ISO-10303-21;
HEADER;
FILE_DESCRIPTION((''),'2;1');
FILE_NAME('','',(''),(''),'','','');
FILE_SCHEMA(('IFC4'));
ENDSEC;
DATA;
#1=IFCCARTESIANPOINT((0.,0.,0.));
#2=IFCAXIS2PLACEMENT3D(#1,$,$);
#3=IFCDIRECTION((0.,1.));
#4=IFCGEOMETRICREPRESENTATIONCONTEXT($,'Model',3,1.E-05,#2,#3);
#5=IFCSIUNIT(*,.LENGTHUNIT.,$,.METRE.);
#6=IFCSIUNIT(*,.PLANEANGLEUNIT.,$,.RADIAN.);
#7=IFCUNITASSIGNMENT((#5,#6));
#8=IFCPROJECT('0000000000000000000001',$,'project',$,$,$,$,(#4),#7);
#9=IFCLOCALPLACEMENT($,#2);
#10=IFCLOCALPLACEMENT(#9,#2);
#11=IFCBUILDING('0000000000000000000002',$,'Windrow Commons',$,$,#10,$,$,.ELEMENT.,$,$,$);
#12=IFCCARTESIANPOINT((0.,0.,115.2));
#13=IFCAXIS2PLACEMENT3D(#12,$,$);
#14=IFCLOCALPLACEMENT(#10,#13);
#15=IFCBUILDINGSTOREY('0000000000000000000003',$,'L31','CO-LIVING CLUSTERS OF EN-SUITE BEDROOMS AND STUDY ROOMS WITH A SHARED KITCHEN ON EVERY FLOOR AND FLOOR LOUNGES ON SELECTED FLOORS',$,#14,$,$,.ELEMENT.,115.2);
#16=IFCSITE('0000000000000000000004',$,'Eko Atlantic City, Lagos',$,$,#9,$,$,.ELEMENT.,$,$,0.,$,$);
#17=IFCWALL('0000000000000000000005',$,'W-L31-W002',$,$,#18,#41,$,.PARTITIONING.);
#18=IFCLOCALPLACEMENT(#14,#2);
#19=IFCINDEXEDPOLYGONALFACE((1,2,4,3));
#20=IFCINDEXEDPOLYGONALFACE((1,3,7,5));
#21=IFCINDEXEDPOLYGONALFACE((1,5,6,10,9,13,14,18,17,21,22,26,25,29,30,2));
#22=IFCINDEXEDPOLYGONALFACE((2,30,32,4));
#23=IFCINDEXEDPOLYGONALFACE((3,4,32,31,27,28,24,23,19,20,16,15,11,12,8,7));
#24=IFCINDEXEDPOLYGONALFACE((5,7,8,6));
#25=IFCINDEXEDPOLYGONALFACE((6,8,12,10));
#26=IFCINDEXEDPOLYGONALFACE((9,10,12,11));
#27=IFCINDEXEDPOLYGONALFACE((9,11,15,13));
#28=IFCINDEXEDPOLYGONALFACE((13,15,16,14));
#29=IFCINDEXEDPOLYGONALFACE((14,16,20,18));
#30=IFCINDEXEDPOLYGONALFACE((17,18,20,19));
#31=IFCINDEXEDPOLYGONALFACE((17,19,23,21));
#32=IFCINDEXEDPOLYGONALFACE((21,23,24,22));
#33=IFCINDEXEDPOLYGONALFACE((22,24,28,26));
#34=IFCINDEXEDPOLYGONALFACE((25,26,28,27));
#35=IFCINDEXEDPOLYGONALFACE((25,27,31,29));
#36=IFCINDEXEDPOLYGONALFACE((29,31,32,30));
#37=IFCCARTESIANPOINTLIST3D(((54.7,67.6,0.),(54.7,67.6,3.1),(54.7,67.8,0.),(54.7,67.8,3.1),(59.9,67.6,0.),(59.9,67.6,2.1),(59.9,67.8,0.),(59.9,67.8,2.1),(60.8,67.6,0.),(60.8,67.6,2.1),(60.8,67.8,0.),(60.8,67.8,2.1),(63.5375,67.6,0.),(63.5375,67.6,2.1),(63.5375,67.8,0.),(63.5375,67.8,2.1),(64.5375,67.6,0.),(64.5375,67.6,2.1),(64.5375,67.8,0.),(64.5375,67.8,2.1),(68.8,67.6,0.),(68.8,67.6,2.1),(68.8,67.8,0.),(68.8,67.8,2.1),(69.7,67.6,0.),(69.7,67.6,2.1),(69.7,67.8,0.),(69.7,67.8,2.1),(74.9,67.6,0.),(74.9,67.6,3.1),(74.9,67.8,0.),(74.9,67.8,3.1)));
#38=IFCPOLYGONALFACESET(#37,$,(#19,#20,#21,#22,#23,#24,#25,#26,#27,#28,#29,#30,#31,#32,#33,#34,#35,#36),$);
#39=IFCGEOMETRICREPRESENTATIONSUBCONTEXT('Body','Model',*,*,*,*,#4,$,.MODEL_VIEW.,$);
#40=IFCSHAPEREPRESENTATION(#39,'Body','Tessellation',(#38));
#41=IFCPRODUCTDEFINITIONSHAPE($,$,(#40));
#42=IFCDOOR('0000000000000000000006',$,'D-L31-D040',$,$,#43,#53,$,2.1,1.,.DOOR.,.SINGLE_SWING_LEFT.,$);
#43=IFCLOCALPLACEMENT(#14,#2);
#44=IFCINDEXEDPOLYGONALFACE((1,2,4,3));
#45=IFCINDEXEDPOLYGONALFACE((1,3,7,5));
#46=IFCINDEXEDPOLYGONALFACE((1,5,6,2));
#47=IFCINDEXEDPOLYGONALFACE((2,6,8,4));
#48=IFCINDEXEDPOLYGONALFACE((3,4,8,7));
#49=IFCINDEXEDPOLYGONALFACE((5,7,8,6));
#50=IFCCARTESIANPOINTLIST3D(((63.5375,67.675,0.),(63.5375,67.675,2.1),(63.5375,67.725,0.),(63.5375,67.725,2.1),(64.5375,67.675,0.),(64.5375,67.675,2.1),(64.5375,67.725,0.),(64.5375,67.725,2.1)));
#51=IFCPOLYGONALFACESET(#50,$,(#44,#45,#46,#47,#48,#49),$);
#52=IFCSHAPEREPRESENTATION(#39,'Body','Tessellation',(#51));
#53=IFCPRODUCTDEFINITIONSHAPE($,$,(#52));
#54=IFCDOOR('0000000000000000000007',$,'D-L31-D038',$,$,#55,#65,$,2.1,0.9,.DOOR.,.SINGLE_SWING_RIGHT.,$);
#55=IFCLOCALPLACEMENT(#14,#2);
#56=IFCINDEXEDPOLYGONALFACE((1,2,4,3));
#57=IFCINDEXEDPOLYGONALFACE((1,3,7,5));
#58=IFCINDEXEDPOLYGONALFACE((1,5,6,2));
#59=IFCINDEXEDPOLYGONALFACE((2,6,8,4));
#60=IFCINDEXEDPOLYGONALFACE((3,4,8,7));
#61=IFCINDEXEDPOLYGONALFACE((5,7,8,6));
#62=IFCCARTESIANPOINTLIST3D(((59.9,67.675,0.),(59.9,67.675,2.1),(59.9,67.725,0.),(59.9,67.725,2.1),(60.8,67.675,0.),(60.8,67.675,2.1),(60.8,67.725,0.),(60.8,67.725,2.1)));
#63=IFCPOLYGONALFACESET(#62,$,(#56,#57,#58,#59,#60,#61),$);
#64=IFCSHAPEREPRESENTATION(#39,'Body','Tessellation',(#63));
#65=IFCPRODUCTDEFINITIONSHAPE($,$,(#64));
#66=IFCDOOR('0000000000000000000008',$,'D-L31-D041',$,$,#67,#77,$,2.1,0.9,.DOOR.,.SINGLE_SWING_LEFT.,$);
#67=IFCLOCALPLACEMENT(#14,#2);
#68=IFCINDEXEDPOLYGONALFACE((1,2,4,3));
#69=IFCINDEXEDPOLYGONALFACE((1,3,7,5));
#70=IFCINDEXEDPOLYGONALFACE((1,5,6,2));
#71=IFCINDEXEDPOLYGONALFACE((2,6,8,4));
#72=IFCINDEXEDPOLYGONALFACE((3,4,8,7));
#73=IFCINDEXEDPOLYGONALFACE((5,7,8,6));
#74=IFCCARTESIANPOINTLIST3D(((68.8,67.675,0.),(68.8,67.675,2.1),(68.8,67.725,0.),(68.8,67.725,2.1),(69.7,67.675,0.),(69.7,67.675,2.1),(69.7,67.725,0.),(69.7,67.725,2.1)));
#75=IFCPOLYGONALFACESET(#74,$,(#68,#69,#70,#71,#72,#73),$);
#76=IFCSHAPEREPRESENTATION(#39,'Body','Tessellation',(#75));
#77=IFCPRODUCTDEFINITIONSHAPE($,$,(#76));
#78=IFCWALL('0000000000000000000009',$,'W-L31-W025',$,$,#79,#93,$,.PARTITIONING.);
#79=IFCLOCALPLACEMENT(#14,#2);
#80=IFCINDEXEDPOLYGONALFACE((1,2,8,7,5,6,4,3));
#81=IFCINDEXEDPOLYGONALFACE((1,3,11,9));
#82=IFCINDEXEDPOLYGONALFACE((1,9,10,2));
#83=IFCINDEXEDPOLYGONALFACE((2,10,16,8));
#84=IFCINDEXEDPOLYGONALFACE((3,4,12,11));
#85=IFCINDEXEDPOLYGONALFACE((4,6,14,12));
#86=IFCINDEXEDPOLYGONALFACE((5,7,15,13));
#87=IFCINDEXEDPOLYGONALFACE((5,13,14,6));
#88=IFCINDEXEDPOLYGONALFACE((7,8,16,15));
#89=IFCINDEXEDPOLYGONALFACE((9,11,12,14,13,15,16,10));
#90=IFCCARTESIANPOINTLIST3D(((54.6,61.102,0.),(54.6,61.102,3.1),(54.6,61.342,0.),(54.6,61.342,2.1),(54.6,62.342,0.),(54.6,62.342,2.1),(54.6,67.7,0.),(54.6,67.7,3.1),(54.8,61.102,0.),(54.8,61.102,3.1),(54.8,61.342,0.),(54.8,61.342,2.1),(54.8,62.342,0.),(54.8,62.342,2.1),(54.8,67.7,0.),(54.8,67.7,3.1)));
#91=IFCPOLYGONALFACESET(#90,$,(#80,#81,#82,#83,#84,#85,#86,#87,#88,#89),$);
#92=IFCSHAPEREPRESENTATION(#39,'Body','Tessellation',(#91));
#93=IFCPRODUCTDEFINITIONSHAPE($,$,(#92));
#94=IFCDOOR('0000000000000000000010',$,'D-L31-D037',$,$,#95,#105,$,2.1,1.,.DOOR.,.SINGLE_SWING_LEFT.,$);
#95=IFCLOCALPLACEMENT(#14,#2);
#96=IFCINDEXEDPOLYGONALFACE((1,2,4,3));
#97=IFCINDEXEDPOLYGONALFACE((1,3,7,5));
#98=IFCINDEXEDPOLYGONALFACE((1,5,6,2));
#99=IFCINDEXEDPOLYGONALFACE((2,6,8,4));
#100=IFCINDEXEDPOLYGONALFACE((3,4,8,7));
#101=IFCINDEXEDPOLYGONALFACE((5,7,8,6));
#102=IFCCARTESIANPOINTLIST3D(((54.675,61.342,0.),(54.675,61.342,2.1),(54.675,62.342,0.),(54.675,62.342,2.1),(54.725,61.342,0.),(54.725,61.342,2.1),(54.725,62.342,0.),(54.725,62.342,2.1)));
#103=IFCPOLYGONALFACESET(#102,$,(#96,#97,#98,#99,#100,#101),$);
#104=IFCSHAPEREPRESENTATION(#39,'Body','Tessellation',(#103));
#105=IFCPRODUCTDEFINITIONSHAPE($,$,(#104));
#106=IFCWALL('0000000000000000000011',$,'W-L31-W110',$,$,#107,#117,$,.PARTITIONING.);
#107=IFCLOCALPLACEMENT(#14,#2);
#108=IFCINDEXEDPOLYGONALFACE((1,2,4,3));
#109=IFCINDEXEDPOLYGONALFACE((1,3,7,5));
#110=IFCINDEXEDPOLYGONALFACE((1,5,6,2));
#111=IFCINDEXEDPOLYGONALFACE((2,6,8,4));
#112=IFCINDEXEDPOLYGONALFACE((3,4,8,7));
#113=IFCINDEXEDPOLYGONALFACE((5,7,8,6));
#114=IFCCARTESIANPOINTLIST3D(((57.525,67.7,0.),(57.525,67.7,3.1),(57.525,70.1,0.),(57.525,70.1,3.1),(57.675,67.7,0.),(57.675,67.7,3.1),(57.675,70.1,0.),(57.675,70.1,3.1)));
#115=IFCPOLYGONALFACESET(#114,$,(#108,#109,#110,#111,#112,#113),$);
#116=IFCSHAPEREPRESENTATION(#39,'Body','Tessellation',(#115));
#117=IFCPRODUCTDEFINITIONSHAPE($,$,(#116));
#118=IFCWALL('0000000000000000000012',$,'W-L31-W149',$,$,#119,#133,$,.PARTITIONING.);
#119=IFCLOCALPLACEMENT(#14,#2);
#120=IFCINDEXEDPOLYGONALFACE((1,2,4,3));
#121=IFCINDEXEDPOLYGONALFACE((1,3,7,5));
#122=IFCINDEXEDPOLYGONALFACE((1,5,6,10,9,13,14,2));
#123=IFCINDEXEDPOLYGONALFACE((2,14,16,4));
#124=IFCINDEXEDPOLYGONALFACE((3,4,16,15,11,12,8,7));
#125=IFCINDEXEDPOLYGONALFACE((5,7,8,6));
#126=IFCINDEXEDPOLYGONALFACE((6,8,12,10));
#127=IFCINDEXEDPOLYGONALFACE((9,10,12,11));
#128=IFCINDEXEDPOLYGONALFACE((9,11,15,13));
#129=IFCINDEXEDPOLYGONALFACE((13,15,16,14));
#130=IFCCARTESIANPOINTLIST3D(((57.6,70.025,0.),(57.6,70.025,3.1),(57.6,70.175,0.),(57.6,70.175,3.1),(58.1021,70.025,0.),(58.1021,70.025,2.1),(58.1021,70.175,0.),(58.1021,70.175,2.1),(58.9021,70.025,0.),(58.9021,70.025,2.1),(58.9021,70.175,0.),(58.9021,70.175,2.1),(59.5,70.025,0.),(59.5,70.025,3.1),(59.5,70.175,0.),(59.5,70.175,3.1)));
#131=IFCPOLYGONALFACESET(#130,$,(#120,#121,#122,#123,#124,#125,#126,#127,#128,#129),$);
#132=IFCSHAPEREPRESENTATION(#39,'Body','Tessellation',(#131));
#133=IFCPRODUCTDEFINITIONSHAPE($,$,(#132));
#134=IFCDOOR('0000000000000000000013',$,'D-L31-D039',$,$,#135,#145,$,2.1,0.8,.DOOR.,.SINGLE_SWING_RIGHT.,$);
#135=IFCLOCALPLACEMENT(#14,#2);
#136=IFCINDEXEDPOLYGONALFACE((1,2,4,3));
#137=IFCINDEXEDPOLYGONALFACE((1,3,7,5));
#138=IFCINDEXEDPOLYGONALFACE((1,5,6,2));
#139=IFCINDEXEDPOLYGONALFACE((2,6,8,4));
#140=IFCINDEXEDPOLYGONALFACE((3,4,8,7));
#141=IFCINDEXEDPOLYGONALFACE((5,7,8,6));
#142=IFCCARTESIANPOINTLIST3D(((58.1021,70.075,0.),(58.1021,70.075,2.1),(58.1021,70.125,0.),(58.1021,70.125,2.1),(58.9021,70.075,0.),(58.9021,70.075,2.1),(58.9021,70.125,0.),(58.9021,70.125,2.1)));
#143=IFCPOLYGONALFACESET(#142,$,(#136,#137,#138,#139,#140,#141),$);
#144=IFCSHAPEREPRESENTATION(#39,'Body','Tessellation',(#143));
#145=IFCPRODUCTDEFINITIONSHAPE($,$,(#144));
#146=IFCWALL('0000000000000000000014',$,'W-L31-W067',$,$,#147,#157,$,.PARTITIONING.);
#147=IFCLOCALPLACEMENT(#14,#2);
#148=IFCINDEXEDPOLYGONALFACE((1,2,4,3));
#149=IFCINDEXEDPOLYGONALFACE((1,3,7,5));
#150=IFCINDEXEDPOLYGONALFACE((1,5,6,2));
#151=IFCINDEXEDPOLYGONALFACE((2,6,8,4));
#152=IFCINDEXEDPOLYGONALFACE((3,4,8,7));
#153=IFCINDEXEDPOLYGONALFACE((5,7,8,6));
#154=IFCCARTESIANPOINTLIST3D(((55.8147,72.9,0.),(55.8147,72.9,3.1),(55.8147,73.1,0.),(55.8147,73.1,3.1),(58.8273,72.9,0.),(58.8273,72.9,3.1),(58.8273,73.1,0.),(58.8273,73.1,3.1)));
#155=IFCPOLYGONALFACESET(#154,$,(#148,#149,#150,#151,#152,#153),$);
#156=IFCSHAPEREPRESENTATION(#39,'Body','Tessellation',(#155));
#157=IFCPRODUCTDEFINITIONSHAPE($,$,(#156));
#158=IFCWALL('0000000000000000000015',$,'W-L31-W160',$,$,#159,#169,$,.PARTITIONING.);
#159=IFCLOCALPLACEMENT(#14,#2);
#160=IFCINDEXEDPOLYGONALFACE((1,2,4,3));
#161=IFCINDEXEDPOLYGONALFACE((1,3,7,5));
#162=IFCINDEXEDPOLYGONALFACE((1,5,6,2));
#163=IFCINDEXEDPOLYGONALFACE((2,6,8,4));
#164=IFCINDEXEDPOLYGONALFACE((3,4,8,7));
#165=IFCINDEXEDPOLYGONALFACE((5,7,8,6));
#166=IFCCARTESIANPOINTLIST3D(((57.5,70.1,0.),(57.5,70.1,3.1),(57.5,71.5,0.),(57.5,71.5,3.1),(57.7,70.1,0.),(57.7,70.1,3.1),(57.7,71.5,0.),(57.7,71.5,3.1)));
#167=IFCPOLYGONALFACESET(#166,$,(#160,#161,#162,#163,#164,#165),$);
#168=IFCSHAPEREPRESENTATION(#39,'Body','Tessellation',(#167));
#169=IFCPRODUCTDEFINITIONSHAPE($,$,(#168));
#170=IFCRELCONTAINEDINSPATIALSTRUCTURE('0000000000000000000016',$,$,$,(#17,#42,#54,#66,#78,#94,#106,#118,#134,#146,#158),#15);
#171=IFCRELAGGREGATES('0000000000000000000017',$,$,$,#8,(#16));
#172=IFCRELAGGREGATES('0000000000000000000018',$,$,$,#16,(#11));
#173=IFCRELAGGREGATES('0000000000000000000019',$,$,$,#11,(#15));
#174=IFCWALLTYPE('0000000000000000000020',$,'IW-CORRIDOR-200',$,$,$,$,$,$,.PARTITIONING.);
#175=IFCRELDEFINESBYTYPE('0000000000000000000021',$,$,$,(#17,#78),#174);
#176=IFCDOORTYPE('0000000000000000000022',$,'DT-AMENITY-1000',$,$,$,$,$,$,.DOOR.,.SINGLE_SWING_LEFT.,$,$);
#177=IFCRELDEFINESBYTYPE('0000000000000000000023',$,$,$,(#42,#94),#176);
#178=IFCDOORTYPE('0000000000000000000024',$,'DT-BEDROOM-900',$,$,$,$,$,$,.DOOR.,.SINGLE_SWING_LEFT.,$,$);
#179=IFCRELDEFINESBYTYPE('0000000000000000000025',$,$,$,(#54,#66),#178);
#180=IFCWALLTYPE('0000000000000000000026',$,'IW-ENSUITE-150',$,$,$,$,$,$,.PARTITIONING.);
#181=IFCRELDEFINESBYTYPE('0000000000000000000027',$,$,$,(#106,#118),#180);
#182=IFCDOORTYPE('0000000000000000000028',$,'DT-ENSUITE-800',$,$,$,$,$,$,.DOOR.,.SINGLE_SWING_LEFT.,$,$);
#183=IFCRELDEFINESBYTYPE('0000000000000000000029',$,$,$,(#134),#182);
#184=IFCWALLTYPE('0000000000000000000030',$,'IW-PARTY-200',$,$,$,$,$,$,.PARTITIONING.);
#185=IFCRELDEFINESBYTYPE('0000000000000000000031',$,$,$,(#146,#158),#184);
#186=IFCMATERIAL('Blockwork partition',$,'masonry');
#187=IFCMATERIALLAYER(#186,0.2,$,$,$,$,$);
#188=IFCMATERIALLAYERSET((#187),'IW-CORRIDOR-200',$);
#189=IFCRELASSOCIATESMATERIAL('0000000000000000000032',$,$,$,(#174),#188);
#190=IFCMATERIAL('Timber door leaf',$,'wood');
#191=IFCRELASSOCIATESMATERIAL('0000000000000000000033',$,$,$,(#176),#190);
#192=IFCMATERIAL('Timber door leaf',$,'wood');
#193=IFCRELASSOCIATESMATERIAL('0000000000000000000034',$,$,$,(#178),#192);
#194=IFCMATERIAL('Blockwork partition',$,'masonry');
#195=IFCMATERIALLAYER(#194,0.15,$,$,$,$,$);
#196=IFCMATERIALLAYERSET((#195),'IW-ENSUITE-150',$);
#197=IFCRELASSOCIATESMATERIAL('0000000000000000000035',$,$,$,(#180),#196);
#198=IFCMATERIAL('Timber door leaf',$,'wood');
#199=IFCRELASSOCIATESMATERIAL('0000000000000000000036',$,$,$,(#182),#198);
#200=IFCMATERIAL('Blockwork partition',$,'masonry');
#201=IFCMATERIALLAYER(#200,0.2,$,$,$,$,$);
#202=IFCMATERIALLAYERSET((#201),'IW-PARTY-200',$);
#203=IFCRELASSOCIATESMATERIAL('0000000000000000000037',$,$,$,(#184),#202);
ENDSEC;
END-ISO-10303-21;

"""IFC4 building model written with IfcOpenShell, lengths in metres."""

from ifc_helpers import new_model, si_unit, direction, frame, frame_2d, origin, place, context, subcontext, project, spatial, rectangle, extrude, material, layer, layer_set, type_object, element, fill, save


model = new_model("IFC4")

# Units and contexts
model_context = context("Model", 3, precision=1e-05, world=origin(), true_north=direction((0.0, 1.0)))
body_context = subcontext(model_context, "Body", "Model", "MODEL_VIEW")
ifc_project = project(units=[si_unit("LENGTHUNIT", "METRE"), si_unit("PLANEANGLEUNIT", "RADIAN")], contexts=[model_context])

# Site, building, storey
site_placement = place(None, origin())
site = spatial("IfcSite", under=ifc_project, at=site_placement, Name="Eko Atlantic City, Lagos", CompositionType="ELEMENT", RefElevation=0.0)
building_placement = place(site_placement, origin())
building = spatial("IfcBuilding", under=site, at=building_placement, Name="Windrow Commons", CompositionType="ELEMENT")
storey_placement = place(building_placement, frame((0.0, 0.0, 115.2)))
storey = spatial("IfcBuildingStorey", under=building, at=storey_placement, Name="L31", Description="CO-LIVING CLUSTERS OF EN-SUITE BEDROOMS AND STUDY ROOMS WITH A SHARED KITCHEN ON EVERY FLOOR AND FLOOR LOUNGES ON SELECTED FLOORS", CompositionType="ELEMENT", Elevation=115.2)

# Wall, openings, doors
ifc_material_1 = material(Name="Blockwork partition", Category="masonry")
ifc_layer_1 = layer(ifc_material_1, 0.2)
ifc_layer_set_1 = layer_set([ifc_layer_1], Name="IW-CORRIDOR-200")
wall_type_1 = type_object("IfcWallType", Name="IW-CORRIDOR-200", PredefinedType="PARTITIONING", material=ifc_layer_set_1)
wall_1_placement = place(storey_placement, frame((54.7, 67.7, 0.0), z_axis=(0.0, 0.0, 1.0), x_axis=(1.0, 0.0, 0.0)))
wall_1 = element("IfcWall", 1, at=wall_1_placement, inside=storey, type_object=wall_type_1, Name="W-L31-W002", PredefinedType="PARTITIONING", context=body_context, shape_type="SweptSolid", body=[
    extrude(rectangle(XDim=20.2, YDim=0.2, at=frame_2d((10.1, 0.0))), origin(), (0.0, 0.0, 1.0), 3.1),
])
opening_1_placement = place(wall_1_placement, frame((5.2, 0.0, 0.0)))
opening_1 = element("IfcOpeningElement", 2, at=opening_1_placement, cuts=wall_1, PredefinedType="OPENING", context=body_context, shape_type="SweptSolid", body=[
    extrude(rectangle(XDim=0.9, YDim=2.1, at=frame_2d((0.45, 1.05))), frame((0.0, 0.11, 0.0), z_axis=(0.0, -1.0, 0.0), x_axis=(1.0, 0.0, 0.0)), (0.0, 0.0, 1.0), 0.22),
])
opening_2_placement = place(wall_1_placement, frame((8.8375, 0.0, 0.0)))
opening_2 = element("IfcOpeningElement", 3, at=opening_2_placement, cuts=wall_1, PredefinedType="OPENING", context=body_context, shape_type="SweptSolid", body=[
    extrude(rectangle(XDim=1.0, YDim=2.1, at=frame_2d((0.5, 1.05))), frame((0.0, 0.11, 0.0), z_axis=(0.0, -1.0, 0.0), x_axis=(1.0, 0.0, 0.0)), (0.0, 0.0, 1.0), 0.22),
])
opening_3_placement = place(wall_1_placement, frame((14.1, 0.0, 0.0)))
opening_3 = element("IfcOpeningElement", 4, at=opening_3_placement, cuts=wall_1, PredefinedType="OPENING", context=body_context, shape_type="SweptSolid", body=[
    extrude(rectangle(XDim=0.9, YDim=2.1, at=frame_2d((0.45, 1.05))), frame((0.0, 0.11, 0.0), z_axis=(0.0, -1.0, 0.0), x_axis=(1.0, 0.0, 0.0)), (0.0, 0.0, 1.0), 0.22),
])
ifc_material_2 = material(Name="Timber door leaf", Category="wood")
door_type_1 = type_object("IfcDoorType", Name="DT-AMENITY-1000", OperationType="SINGLE_SWING_LEFT", PredefinedType="DOOR", material=ifc_material_2)
door_1_placement = place(opening_2_placement, origin())
door_1 = element("IfcDoor", 5, at=door_1_placement, inside=storey, type_object=door_type_1, Name="D-L31-D040", OperationType="SINGLE_SWING_LEFT", OverallHeight=2.1, OverallWidth=1.0, PredefinedType="DOOR", context=body_context, shape_type="SweptSolid", body=[
    extrude(rectangle(XDim=1.0, YDim=2.1, at=frame_2d((0.5, 1.05))), frame((0.0, 0.025, 0.0), z_axis=(0.0, -1.0, 0.0), x_axis=(1.0, 0.0, 0.0)), (0.0, 0.0, 1.0), 0.05),
])
fill(opening_2, door_1)
ifc_material_3 = material(Name="Timber door leaf", Category="wood")
door_type_2 = type_object("IfcDoorType", Name="DT-BEDROOM-900", OperationType="SINGLE_SWING_LEFT", PredefinedType="DOOR", material=ifc_material_3)
door_2_placement = place(opening_1_placement, origin())
door_2 = element("IfcDoor", 6, at=door_2_placement, inside=storey, type_object=door_type_2, Name="D-L31-D038", OperationType="SINGLE_SWING_RIGHT", OverallHeight=2.1, OverallWidth=0.9, PredefinedType="DOOR", context=body_context, shape_type="SweptSolid", body=[
    extrude(rectangle(XDim=0.9, YDim=2.1, at=frame_2d((0.45, 1.05))), frame((0.0, 0.025, 0.0), z_axis=(0.0, -1.0, 0.0), x_axis=(1.0, 0.0, 0.0)), (0.0, 0.0, 1.0), 0.05),
])
fill(opening_1, door_2)
door_3_placement = place(opening_3_placement, origin())
door_3 = element("IfcDoor", 7, at=door_3_placement, inside=storey, type_object=door_type_2, Name="D-L31-D041", OperationType="SINGLE_SWING_LEFT", OverallHeight=2.1, OverallWidth=0.9, PredefinedType="DOOR", context=body_context, shape_type="SweptSolid", body=[
    extrude(rectangle(XDim=0.9, YDim=2.1, at=frame_2d((0.45, 1.05))), frame((0.0, 0.025, 0.0), z_axis=(0.0, -1.0, 0.0), x_axis=(1.0, 0.0, 0.0)), (0.0, 0.0, 1.0), 0.05),
])
fill(opening_3, door_3)

# Wall, opening, door
wall_2_placement = place(storey_placement, frame((54.7, 61.102, 0.0), z_axis=(0.0, 0.0, 1.0), x_axis=(0.0, 1.0, 0.0)))
wall_2 = element("IfcWall", 8, at=wall_2_placement, inside=storey, type_object=wall_type_1, Name="W-L31-W025", PredefinedType="PARTITIONING", context=body_context, shape_type="SweptSolid", body=[
    extrude(rectangle(XDim=6.598, YDim=0.2, at=frame_2d((3.299, 0.0))), origin(), (0.0, 0.0, 1.0), 3.1),
])
opening_4_placement = place(wall_2_placement, frame((0.24, 0.0, 0.0)))
opening_4 = element("IfcOpeningElement", 9, at=opening_4_placement, cuts=wall_2, PredefinedType="OPENING", context=body_context, shape_type="SweptSolid", body=[
    extrude(rectangle(XDim=1.0, YDim=2.1, at=frame_2d((0.5, 1.05))), frame((0.0, 0.11, 0.0), z_axis=(0.0, -1.0, 0.0), x_axis=(1.0, 0.0, 0.0)), (0.0, 0.0, 1.0), 0.22),
])
door_4_placement = place(opening_4_placement, origin())
door_4 = element("IfcDoor", 10, at=door_4_placement, inside=storey, type_object=door_type_1, Name="D-L31-D037", OperationType="SINGLE_SWING_LEFT", OverallHeight=2.1, OverallWidth=1.0, PredefinedType="DOOR", context=body_context, shape_type="SweptSolid", body=[
    extrude(rectangle(XDim=1.0, YDim=2.1, at=frame_2d((0.5, 1.05))), frame((0.0, 0.025, 0.0), z_axis=(0.0, -1.0, 0.0), x_axis=(1.0, 0.0, 0.0)), (0.0, 0.0, 1.0), 0.05),
])
fill(opening_4, door_4)

# Wall
ifc_material_4 = material(Name="Blockwork partition", Category="masonry")
ifc_layer_2 = layer(ifc_material_4, 0.15)
ifc_layer_set_2 = layer_set([ifc_layer_2], Name="IW-ENSUITE-150")
wall_type_2 = type_object("IfcWallType", Name="IW-ENSUITE-150", PredefinedType="PARTITIONING", material=ifc_layer_set_2)
wall_3_placement = place(storey_placement, frame((57.6, 67.7, 0.0), z_axis=(0.0, 0.0, 1.0), x_axis=(0.0, 1.0, 0.0)))
element("IfcWall", 11, at=wall_3_placement, inside=storey, type_object=wall_type_2, Name="W-L31-W110", PredefinedType="PARTITIONING", context=body_context, shape_type="SweptSolid", body=[
    extrude(rectangle(XDim=2.4, YDim=0.15, at=frame_2d((1.2, 0.0))), origin(), (0.0, 0.0, 1.0), 3.1),
])

# Wall, opening, door
wall_4_placement = place(storey_placement, frame((57.6, 70.1, 0.0), z_axis=(0.0, 0.0, 1.0), x_axis=(1.0, 0.0, 0.0)))
wall_4 = element("IfcWall", 12, at=wall_4_placement, inside=storey, type_object=wall_type_2, Name="W-L31-W149", PredefinedType="PARTITIONING", context=body_context, shape_type="SweptSolid", body=[
    extrude(rectangle(XDim=1.9, YDim=0.15, at=frame_2d((0.95, 0.0))), origin(), (0.0, 0.0, 1.0), 3.1),
])
opening_5_placement = place(wall_4_placement, frame((0.5021, 0.0, 0.0)))
opening_5 = element("IfcOpeningElement", 13, at=opening_5_placement, cuts=wall_4, PredefinedType="OPENING", context=body_context, shape_type="SweptSolid", body=[
    extrude(rectangle(XDim=0.8, YDim=2.1, at=frame_2d((0.4, 1.05))), frame((0.0, 0.085, 0.0), z_axis=(0.0, -1.0, 0.0), x_axis=(1.0, 0.0, 0.0)), (0.0, 0.0, 1.0), 0.17),
])
ifc_material_5 = material(Name="Timber door leaf", Category="wood")
door_type_3 = type_object("IfcDoorType", Name="DT-ENSUITE-800", OperationType="SINGLE_SWING_LEFT", PredefinedType="DOOR", material=ifc_material_5)
door_5_placement = place(opening_5_placement, origin())
door_5 = element("IfcDoor", 14, at=door_5_placement, inside=storey, type_object=door_type_3, Name="D-L31-D039", OperationType="SINGLE_SWING_RIGHT", OverallHeight=2.1, OverallWidth=0.8, PredefinedType="DOOR", context=body_context, shape_type="SweptSolid", body=[
    extrude(rectangle(XDim=0.8, YDim=2.1, at=frame_2d((0.4, 1.05))), frame((0.0, 0.025, 0.0), z_axis=(0.0, -1.0, 0.0), x_axis=(1.0, 0.0, 0.0)), (0.0, 0.0, 1.0), 0.05),
])
fill(opening_5, door_5)

# Walls
ifc_material_6 = material(Name="Blockwork partition", Category="masonry")
ifc_layer_3 = layer(ifc_material_6, 0.2)
ifc_layer_set_3 = layer_set([ifc_layer_3], Name="IW-PARTY-200")
wall_type_3 = type_object("IfcWallType", Name="IW-PARTY-200", PredefinedType="PARTITIONING", material=ifc_layer_set_3)
wall_5_placement = place(storey_placement, frame((55.8147, 73.0, 0.0), z_axis=(0.0, 0.0, 1.0), x_axis=(1.0, 0.0, 0.0)))
element("IfcWall", 15, at=wall_5_placement, inside=storey, type_object=wall_type_3, Name="W-L31-W067", PredefinedType="PARTITIONING", context=body_context, shape_type="SweptSolid", body=[
    extrude(rectangle(XDim=3.0126, YDim=0.2, at=frame_2d((1.5063, 0.0))), origin(), (0.0, 0.0, 1.0), 3.1),
])
wall_6_placement = place(storey_placement, frame((57.6, 70.1, 0.0), z_axis=(0.0, 0.0, 1.0), x_axis=(0.0, 1.0, 0.0)))
element("IfcWall", 16, at=wall_6_placement, inside=storey, type_object=wall_type_3, Name="W-L31-W160", PredefinedType="PARTITIONING", context=body_context, shape_type="SweptSolid", body=[
    extrude(rectangle(XDim=1.4, YDim=0.2, at=frame_2d((0.7, 0.0))), origin(), (0.0, 0.0, 1.0), 3.1),
])

save(model, "model.ifc")
